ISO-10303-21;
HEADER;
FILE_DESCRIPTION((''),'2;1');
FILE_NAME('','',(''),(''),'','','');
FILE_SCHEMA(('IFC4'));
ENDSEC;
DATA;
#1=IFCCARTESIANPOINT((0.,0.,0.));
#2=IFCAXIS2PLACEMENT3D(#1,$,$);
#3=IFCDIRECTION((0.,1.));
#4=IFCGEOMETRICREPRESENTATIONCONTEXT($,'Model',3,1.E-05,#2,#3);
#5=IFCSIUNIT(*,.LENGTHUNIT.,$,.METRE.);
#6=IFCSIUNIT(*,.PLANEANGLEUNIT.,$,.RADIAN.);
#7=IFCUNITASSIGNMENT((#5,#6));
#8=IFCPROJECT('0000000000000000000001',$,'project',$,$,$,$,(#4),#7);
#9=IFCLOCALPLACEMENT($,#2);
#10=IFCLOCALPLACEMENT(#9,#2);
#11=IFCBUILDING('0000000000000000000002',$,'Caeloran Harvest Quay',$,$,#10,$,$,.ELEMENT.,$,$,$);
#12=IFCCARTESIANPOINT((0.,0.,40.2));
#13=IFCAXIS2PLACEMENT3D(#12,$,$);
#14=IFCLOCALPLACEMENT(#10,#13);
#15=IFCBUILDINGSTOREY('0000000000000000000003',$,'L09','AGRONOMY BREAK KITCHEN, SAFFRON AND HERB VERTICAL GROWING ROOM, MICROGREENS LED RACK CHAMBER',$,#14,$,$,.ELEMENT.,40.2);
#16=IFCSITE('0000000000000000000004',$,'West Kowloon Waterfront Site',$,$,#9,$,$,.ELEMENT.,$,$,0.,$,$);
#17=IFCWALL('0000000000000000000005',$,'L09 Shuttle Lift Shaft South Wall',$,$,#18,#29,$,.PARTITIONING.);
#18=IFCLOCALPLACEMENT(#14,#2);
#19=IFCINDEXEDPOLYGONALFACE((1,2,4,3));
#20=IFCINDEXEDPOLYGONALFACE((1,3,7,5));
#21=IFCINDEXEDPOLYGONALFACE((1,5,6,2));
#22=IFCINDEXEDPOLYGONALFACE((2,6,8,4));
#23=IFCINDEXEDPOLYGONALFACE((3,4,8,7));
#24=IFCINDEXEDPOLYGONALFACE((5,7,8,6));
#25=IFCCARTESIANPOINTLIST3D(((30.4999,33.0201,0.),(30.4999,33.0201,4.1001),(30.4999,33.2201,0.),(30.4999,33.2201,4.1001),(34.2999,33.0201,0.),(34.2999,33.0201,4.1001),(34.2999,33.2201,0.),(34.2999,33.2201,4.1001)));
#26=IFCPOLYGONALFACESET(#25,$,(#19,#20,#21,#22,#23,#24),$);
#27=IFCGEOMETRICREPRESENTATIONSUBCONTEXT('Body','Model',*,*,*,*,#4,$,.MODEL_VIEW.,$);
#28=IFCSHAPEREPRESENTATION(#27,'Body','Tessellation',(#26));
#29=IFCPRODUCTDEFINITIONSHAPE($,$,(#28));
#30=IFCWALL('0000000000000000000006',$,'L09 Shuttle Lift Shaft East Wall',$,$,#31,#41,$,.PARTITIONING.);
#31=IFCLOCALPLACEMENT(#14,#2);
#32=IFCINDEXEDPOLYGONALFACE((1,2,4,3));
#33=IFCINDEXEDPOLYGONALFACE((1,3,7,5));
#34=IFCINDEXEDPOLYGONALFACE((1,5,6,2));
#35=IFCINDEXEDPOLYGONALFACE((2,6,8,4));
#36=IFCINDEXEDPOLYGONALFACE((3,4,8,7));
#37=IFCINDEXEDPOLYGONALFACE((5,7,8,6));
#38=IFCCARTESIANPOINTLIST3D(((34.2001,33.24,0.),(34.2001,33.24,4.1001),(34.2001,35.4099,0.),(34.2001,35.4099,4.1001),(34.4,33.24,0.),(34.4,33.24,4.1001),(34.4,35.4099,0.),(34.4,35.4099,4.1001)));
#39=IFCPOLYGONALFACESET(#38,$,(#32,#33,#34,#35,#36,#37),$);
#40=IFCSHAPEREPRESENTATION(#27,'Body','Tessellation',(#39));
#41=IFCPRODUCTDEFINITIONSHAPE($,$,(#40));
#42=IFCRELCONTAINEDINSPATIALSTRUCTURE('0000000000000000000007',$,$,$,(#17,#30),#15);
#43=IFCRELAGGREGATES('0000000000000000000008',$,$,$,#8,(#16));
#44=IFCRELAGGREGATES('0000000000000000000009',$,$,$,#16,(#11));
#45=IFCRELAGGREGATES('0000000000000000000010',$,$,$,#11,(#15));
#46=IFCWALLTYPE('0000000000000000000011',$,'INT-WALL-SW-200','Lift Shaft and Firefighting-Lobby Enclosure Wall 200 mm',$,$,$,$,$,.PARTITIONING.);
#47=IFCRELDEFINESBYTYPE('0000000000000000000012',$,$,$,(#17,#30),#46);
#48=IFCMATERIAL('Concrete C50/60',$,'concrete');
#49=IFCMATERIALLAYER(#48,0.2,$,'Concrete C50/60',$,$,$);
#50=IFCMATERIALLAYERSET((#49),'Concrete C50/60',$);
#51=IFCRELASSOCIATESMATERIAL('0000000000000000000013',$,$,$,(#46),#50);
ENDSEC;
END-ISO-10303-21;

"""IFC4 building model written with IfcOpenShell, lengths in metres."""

from ifc_helpers import new_model, si_unit, direction, frame, frame_2d, origin, place, context, subcontext, project, spatial, rectangle, extrude, material, layer, layer_set, type_object, element, save


model = new_model("IFC4")

# Units and contexts
model_context = context("Model", 3, precision=1e-05, world=origin(), true_north=direction((0.0, 1.0)))
body_context = subcontext(model_context, "Body", "Model", "MODEL_VIEW")
ifc_project = project(units=[si_unit("LENGTHUNIT", "METRE"), si_unit("PLANEANGLEUNIT", "RADIAN")], contexts=[model_context])

# Site, building, storey
site_placement = place(None, origin())
site = spatial("IfcSite", under=ifc_project, at=site_placement, Name="West Kowloon Waterfront Site", CompositionType="ELEMENT", RefElevation=0.0)
building_placement = place(site_placement, origin())
building = spatial("IfcBuilding", under=site, at=building_placement, Name="Caeloran Harvest Quay", CompositionType="ELEMENT")
storey_placement = place(building_placement, frame((0.0, 0.0, 40.2)))
storey = spatial("IfcBuildingStorey", under=building, at=storey_placement, Name="L09", Description="AGRONOMY BREAK KITCHEN, SAFFRON AND HERB VERTICAL GROWING ROOM, MICROGREENS LED RACK CHAMBER", CompositionType="ELEMENT", Elevation=40.2)

# Walls
ifc_material_1 = material(Name="Concrete C50/60", Category="concrete")
ifc_layer_1 = layer(ifc_material_1, 0.2, Name="Concrete C50/60")
ifc_layer_set_1 = layer_set([ifc_layer_1], Name="Concrete C50/60")
wall_type_1 = type_object("IfcWallType", Name="INT-WALL-SW-200", Description="Lift Shaft and Firefighting-Lobby Enclosure Wall 200 mm", PredefinedType="PARTITIONING", material=ifc_layer_set_1)
for number, where, z_axis, x_axis, name in (
    (1, (30.5, 33.1201, 0.0), (0.0, 0.0, 1.0), (1.0, 0.0, 0.0), "L09 Shuttle Lift Shaft South Wall"),
):
    element("IfcWall", number, at=place(storey_placement, frame(where, z_axis=z_axis, x_axis=x_axis)), inside=storey, type_object=wall_type_1, Name=name, PredefinedType="PARTITIONING", context=body_context, shape_type="SweptSolid", body=[
        extrude(rectangle(XDim=3.8, YDim=0.2, at=frame_2d((1.8999, 0.0))), origin(), (0.0, 0.0, 1.0), 4.1001),
    ])
wall_1_placement = place(storey_placement, frame((34.3, 33.24, 0.0), z_axis=(0.0, 0.0, 1.0), x_axis=(0.0, 1.0, 0.0)))
element("IfcWall", 2, at=wall_1_placement, inside=storey, type_object=wall_type_1, Name="L09 Shuttle Lift Shaft East Wall", PredefinedType="PARTITIONING", context=body_context, shape_type="SweptSolid", body=[
    extrude(rectangle(XDim=2.1699, YDim=0.2, at=frame_2d((1.085, 0.0))), origin(), (0.0, 0.0, 1.0), 4.1001),
])

save(model, "model.ifc")
